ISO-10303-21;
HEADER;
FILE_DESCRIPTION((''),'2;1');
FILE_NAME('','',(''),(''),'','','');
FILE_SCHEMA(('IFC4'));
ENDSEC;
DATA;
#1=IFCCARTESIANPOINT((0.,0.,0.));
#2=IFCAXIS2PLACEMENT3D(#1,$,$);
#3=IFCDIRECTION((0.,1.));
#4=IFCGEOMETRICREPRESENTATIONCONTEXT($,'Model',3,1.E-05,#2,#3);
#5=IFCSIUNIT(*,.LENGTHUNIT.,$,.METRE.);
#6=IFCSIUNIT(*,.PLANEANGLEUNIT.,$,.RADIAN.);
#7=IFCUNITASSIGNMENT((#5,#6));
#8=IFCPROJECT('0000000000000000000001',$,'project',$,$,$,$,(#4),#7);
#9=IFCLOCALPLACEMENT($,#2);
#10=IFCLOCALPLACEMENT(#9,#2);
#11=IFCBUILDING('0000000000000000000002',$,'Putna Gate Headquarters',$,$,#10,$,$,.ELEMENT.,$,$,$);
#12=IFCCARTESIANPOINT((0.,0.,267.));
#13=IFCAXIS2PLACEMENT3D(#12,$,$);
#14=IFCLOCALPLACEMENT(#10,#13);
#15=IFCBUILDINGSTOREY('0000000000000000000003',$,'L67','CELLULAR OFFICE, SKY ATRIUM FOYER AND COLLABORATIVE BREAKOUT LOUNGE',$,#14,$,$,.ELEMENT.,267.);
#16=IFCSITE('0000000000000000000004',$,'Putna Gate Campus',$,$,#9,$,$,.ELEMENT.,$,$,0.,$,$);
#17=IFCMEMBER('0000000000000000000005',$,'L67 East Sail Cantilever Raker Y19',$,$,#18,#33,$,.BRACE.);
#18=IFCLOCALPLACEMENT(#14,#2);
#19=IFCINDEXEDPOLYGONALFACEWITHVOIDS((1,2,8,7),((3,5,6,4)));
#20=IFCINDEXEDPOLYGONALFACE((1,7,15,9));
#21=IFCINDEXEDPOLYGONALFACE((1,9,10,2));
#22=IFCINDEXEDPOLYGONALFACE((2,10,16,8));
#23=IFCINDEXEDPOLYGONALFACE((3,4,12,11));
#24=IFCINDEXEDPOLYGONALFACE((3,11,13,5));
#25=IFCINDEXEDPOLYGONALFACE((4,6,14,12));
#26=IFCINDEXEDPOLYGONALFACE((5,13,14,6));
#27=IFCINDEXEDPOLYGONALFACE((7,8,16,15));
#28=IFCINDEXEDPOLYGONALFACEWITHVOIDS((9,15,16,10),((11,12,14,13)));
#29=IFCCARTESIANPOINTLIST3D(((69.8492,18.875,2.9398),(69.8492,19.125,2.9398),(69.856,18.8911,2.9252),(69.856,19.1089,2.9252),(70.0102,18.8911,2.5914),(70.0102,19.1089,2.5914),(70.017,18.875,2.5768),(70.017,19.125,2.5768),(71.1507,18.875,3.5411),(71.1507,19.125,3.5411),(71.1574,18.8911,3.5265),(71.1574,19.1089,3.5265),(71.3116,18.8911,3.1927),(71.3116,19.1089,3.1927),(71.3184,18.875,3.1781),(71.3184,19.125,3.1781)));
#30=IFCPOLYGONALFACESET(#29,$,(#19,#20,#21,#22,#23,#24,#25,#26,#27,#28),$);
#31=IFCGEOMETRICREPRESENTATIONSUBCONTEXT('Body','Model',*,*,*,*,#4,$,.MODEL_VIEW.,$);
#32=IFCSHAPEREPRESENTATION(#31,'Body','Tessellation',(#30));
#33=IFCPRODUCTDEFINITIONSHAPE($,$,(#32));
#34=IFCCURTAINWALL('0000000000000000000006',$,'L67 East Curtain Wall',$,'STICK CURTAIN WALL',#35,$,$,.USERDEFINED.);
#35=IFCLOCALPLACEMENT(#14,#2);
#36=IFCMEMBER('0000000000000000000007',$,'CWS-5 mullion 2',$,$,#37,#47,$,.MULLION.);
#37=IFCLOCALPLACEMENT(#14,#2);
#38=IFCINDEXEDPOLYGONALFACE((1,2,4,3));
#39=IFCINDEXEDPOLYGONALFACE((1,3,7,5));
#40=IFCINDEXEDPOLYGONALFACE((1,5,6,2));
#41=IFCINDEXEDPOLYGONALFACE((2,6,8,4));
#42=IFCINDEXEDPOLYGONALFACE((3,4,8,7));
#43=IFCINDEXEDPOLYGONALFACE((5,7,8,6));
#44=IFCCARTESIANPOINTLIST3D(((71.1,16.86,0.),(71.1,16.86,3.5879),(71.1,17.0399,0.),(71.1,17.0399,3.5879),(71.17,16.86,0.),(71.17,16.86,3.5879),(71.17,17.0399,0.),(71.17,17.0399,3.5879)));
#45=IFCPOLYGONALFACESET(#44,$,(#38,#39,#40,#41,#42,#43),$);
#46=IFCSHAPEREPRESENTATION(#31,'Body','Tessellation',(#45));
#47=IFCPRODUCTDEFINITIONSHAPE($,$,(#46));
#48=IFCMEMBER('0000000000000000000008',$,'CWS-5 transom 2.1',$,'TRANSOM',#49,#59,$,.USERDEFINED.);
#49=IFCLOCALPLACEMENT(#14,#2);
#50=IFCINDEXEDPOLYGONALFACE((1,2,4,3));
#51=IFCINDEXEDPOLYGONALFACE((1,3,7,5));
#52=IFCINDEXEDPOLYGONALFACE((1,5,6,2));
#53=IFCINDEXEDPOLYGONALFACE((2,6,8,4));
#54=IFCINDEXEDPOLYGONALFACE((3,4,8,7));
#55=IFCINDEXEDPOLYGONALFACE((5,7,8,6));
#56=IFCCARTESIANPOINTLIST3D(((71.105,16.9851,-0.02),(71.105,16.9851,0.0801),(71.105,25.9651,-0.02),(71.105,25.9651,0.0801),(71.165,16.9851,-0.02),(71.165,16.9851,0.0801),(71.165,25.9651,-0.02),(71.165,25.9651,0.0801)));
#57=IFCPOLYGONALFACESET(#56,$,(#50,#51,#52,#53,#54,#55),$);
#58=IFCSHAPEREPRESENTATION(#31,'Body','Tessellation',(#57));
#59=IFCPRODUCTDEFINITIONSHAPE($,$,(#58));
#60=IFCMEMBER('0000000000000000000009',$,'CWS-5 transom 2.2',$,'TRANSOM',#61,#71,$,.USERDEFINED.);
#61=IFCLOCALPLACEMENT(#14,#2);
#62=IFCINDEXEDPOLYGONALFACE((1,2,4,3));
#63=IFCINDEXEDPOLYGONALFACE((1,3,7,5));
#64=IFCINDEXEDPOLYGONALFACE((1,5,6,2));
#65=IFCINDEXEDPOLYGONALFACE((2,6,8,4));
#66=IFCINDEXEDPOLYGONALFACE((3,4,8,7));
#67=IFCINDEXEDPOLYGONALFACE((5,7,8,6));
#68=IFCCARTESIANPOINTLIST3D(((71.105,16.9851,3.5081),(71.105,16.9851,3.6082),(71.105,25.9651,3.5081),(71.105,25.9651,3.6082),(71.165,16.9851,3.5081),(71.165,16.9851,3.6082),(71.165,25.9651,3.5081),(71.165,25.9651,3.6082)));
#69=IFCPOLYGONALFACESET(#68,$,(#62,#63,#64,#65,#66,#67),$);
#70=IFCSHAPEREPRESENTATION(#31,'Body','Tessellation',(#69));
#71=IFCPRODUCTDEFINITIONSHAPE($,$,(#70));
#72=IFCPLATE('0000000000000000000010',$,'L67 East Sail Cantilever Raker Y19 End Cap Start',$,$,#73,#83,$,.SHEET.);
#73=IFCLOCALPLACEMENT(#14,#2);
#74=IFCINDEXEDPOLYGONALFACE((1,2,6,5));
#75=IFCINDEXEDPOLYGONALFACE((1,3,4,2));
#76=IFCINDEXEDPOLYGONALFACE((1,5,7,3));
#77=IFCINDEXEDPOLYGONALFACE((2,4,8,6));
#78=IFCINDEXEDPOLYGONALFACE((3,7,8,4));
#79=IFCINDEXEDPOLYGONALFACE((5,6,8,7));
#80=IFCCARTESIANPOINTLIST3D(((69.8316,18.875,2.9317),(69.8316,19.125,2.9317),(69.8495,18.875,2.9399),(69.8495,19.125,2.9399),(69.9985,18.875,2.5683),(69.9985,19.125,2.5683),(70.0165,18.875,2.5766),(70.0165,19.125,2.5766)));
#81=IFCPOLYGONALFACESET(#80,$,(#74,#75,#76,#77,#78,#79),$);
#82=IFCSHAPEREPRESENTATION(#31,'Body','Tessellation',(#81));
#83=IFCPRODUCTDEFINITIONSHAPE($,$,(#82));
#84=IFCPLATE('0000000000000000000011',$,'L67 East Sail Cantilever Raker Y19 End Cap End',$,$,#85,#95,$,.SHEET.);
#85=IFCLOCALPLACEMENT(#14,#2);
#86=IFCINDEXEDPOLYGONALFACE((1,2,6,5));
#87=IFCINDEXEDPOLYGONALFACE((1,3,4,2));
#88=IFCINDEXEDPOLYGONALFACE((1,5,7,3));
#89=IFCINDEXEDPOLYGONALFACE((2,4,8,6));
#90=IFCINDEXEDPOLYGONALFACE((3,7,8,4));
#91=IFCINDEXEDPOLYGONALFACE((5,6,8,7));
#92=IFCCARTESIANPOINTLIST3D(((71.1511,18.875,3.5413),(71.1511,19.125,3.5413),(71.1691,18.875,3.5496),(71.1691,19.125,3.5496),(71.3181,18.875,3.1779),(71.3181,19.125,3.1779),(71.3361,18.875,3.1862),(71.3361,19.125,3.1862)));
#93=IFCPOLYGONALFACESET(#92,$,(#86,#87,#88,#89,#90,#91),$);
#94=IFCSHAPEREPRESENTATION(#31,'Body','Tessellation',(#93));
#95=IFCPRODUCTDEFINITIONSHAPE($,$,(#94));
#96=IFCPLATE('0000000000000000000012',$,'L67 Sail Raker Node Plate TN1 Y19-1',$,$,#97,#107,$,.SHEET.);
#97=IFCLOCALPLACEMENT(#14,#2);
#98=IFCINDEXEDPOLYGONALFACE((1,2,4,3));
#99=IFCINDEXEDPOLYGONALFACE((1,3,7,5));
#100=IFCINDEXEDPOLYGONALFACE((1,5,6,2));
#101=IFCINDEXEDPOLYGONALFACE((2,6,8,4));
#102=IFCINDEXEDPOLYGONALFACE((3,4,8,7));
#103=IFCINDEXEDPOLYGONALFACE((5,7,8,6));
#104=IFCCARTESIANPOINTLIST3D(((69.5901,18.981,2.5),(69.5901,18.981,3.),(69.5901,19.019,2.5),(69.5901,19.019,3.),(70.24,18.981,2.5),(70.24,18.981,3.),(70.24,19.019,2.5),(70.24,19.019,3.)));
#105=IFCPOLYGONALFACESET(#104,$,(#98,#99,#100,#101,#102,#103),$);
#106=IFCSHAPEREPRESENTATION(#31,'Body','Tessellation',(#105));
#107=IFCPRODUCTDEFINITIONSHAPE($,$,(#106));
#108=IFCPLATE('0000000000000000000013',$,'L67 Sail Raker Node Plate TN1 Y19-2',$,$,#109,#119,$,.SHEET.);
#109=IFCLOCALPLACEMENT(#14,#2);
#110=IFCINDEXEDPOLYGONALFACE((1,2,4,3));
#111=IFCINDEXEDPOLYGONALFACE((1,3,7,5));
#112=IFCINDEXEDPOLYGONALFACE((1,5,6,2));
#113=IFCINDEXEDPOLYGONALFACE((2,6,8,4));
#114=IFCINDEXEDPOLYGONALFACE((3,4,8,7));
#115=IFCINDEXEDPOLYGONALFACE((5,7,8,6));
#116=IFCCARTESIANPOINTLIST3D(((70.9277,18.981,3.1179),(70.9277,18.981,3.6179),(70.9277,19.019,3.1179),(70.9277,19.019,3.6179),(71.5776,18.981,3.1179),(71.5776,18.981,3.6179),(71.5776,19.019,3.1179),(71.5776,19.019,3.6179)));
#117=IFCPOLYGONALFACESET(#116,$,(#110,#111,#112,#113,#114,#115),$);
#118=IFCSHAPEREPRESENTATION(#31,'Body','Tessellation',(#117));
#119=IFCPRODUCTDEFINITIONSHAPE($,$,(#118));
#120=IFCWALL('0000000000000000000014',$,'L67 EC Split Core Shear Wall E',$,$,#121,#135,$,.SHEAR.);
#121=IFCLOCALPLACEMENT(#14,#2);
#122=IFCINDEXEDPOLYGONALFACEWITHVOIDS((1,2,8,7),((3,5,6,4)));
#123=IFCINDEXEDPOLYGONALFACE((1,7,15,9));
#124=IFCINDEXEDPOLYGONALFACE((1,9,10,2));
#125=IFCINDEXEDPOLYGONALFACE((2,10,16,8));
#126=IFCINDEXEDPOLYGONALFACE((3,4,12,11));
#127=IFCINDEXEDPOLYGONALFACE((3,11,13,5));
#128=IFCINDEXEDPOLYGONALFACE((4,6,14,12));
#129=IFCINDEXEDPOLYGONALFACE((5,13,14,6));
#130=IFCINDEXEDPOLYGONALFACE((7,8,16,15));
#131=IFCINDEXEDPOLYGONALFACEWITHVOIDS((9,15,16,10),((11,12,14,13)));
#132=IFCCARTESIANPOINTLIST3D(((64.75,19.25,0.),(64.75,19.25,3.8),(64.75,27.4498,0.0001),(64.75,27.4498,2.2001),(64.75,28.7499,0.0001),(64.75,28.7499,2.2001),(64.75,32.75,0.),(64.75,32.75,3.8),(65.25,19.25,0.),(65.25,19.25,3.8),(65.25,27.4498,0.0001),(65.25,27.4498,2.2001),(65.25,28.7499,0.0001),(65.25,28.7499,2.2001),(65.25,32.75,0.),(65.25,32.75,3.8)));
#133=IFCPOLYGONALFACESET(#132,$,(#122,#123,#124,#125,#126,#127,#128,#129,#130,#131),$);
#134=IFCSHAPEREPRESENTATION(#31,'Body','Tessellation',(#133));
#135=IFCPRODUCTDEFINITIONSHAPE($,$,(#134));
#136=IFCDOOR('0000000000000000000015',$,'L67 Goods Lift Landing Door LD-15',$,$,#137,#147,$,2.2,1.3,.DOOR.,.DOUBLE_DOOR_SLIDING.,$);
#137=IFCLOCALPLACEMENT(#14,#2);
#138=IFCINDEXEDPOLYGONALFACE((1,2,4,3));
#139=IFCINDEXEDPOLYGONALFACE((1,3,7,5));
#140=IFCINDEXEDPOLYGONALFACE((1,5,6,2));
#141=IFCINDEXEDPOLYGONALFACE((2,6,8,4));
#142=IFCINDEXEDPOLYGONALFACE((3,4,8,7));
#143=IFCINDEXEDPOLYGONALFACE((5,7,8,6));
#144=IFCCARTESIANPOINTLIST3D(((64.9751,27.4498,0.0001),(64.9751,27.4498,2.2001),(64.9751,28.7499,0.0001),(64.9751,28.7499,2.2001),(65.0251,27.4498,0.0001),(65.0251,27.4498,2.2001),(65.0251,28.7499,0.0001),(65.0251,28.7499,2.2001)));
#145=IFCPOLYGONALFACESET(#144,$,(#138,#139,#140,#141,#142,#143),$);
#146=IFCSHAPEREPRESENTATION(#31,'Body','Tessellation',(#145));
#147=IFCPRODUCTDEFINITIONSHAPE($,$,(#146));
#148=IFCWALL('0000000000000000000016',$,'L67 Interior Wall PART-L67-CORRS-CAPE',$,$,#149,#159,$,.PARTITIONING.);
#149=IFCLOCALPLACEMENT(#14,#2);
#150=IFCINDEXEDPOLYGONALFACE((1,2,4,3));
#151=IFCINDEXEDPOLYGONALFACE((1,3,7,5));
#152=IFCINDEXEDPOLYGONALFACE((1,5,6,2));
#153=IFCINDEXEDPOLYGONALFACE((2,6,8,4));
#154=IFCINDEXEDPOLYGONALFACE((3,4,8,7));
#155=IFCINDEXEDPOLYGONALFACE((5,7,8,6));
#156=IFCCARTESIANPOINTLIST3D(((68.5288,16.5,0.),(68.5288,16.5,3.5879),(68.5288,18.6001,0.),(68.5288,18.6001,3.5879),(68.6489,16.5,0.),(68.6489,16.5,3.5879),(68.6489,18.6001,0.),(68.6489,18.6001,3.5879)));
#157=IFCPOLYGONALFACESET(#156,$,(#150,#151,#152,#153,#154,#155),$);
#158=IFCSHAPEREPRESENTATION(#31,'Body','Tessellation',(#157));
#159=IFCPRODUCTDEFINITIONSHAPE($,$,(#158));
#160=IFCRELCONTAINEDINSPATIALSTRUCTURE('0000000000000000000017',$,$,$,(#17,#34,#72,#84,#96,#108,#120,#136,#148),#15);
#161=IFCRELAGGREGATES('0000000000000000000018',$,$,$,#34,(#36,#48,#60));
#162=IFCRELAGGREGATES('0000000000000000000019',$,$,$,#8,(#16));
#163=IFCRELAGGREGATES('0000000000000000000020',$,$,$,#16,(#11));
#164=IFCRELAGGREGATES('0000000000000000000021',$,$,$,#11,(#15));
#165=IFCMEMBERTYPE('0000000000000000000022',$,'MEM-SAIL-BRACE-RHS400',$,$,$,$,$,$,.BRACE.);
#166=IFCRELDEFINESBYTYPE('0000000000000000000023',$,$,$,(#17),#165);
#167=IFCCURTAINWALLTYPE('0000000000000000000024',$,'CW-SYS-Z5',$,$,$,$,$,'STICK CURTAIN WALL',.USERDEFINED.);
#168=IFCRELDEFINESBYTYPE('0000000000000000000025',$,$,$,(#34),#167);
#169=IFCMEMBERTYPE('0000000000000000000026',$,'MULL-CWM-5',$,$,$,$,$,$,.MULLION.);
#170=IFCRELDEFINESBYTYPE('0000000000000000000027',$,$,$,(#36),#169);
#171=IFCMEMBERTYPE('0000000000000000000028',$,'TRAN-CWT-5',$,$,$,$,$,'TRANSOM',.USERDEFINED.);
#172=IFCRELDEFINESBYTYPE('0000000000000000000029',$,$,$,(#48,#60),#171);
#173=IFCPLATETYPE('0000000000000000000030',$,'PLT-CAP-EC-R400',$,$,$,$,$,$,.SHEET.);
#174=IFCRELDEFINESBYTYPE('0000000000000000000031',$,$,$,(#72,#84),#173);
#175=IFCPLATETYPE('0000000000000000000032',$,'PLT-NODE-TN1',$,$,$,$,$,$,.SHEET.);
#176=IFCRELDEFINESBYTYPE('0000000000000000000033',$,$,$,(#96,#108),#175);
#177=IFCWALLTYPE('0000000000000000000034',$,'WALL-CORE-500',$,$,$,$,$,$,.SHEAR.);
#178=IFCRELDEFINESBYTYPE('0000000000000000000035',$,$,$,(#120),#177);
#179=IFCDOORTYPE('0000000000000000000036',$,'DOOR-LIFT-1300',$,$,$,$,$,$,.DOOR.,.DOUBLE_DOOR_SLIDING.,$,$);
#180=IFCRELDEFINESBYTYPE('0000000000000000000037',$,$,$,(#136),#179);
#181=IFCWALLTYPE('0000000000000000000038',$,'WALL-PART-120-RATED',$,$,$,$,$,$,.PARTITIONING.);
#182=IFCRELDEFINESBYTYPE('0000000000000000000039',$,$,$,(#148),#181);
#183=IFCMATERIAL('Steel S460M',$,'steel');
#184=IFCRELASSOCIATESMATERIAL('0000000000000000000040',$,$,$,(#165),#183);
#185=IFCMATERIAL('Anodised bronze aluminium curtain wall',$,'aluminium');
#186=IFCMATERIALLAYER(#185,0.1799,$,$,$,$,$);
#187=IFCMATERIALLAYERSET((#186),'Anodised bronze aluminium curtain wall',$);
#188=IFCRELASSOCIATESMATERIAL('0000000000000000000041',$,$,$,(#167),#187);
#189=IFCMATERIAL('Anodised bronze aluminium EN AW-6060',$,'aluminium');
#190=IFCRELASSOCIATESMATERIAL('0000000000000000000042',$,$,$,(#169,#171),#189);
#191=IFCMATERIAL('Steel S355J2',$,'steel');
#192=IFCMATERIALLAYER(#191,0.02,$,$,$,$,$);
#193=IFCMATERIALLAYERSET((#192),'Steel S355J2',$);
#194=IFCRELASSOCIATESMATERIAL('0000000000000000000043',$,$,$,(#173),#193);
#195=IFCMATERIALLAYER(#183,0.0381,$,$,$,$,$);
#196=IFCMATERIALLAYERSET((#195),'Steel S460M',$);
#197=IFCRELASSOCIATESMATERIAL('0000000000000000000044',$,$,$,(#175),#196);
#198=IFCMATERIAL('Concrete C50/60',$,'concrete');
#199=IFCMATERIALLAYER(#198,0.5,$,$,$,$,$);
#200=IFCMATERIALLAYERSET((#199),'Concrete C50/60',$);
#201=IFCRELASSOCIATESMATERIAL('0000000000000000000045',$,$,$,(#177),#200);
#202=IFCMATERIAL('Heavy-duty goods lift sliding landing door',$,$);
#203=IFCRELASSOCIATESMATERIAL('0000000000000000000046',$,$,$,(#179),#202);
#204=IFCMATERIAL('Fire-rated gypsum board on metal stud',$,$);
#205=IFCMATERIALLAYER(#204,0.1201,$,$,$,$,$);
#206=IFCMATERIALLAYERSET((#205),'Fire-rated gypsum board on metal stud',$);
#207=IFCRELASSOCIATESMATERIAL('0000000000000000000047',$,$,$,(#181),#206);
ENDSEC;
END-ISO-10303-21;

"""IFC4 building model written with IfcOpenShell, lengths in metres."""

from ifc_helpers import new_model, si_unit, direction, frame, frame_2d, origin, origin_2d, place, context, subcontext, project, spatial, rectangle, hollow_rectangle, extrude, material, layer, layer_set, material_profile, profile_set, type_object, element, fill, aggregate, save


model = new_model("IFC4")

# Units and contexts
model_context = context("Model", 3, precision=1e-05, world=origin(), true_north=direction((0.0, 1.0)))
body_context = subcontext(model_context, "Body", "Model", "MODEL_VIEW")
ifc_project = project(units=[si_unit("LENGTHUNIT", "METRE"), si_unit("PLANEANGLEUNIT", "RADIAN")], contexts=[model_context])

# Site, building, storey
site_placement = place(None, origin())
site = spatial("IfcSite", under=ifc_project, at=site_placement, Name="Putna Gate Campus", CompositionType="ELEMENT", RefElevation=0.0)
building_placement = place(site_placement, origin())
building = spatial("IfcBuilding", under=site, at=building_placement, Name="Putna Gate Headquarters", CompositionType="ELEMENT")
storey_placement = place(building_placement, frame((0.0, 0.0, 267.0)))
storey = spatial("IfcBuildingStorey", under=building, at=storey_placement, Name="L67", Description="CELLULAR OFFICE, SKY ATRIUM FOYER AND COLLABORATIVE BREAKOUT LOUNGE", CompositionType="ELEMENT", Elevation=267.0)

# Shared definitions
ifc_material_1 = material(Name="Steel S460M", Category="steel")

# Shared definitions
ifc_material_2 = material(Name="Steel S355J2", Category="steel")

# Member
ifc_material_profile_1 = material_profile(ifc_material_1, hollow_rectangle(XDim=0.25, YDim=0.3999, WallThickness=0.0161, at=origin_2d()), Name="Steel S460M")
ifc_profile_set_1 = profile_set([ifc_material_profile_1], Name="Steel S460M")
member_type_1 = type_object("IfcMemberType", Name="MEM-SAIL-BRACE-RHS400", PredefinedType="BRACE", material=ifc_profile_set_1)
member_1_placement = place(storey_placement, frame((69.9331, 19.0, 2.7583), z_axis=(0.907795, 0.0, 0.419414), x_axis=(0.0, 1.0, 0.0)))
element("IfcMember", 1, at=member_1_placement, inside=storey, type_object=member_type_1, Name="L67 East Sail Cantilever Raker Y19", PredefinedType="BRACE", context=body_context, shape_type="SweptSolid", body=[
    extrude(hollow_rectangle(XDim=0.25, YDim=0.3999, WallThickness=0.0161, at=origin_2d()), origin(), (0.0, 0.0, 1.0), 1.4336),
])

# Curtain wall, members
ifc_material_3 = material(Name="Anodised bronze aluminium curtain wall", Category="aluminium")
ifc_layer_1 = layer(ifc_material_3, 0.1799)
ifc_layer_set_1 = layer_set([ifc_layer_1], Name="Anodised bronze aluminium curtain wall")
curtain_wall_type = type_object("IfcCurtainWallType", Name="CW-SYS-Z5", ElementType="STICK CURTAIN WALL", PredefinedType="USERDEFINED", material=ifc_layer_set_1)
curtain_wall_placement = place(storey_placement, origin())
curtain_wall = element("IfcCurtainWall", 2, at=curtain_wall_placement, inside=storey, type_object=curtain_wall_type, Name="L67 East Curtain Wall", ObjectType="STICK CURTAIN WALL", PredefinedType="USERDEFINED")
ifc_material_4 = material(Name="Anodised bronze aluminium EN AW-6060", Category="aluminium")
ifc_material_profile_2 = material_profile(ifc_material_4, rectangle(XDim=0.0701, YDim=0.1799, at=origin_2d()), Name="Anodised bronze aluminium EN AW-6060")
ifc_profile_set_2 = profile_set([ifc_material_profile_2], Name="Anodised bronze aluminium EN AW-6060")
member_type_2 = type_object("IfcMemberType", Name="MULL-CWM-5", PredefinedType="MULLION", material=ifc_profile_set_2)
member_2_placement = place(storey_placement, frame((71.135, 16.95, 0.0), z_axis=(0.0, 0.0, 1.0), x_axis=(-1.0, 0.0, 0.0)))
member_2 = element("IfcMember", 3, at=member_2_placement, type_object=member_type_2, Name="CWS-5 mullion 2", PredefinedType="MULLION", context=body_context, shape_type="SweptSolid", body=[
    extrude(rectangle(XDim=0.0701, YDim=0.1799, at=origin_2d()), origin(), (0.0, 0.0, 1.0), 3.5879),
])
ifc_material_profile_3 = material_profile(ifc_material_4, rectangle(XDim=0.0601, YDim=0.1001, at=origin_2d()), Name="Anodised bronze aluminium EN AW-6060")
ifc_profile_set_3 = profile_set([ifc_material_profile_3], Name="Anodised bronze aluminium EN AW-6060")
member_type_3 = type_object("IfcMemberType", Name="TRAN-CWT-5", ElementType="TRANSOM", PredefinedType="USERDEFINED", material=ifc_profile_set_3)
member_3_placement = place(storey_placement, frame((71.135, 16.9851, 0.03), z_axis=(0.0, 1.0, 0.0), x_axis=(-1.0, 0.0, 0.0)))
member_3 = element("IfcMember", 4, at=member_3_placement, type_object=member_type_3, Name="CWS-5 transom 2.1", ObjectType="TRANSOM", PredefinedType="USERDEFINED", context=body_context, shape_type="SweptSolid", body=[
    extrude(rectangle(XDim=0.0601, YDim=0.1001, at=origin_2d()), origin(), (0.0, 0.0, 1.0), 8.98),
])
member_4_placement = place(storey_placement, frame((71.135, 16.9851, 3.5581), z_axis=(0.0, 1.0, 0.0), x_axis=(-1.0, 0.0, 0.0)))
member_4 = element("IfcMember", 5, at=member_4_placement, type_object=member_type_3, Name="CWS-5 transom 2.2", ObjectType="TRANSOM", PredefinedType="USERDEFINED", context=body_context, shape_type="SweptSolid", body=[
    extrude(rectangle(XDim=0.0601, YDim=0.1001, at=origin_2d()), origin(), (0.0, 0.0, 1.0), 8.98),
])
aggregate(curtain_wall, [member_2, member_3, member_4])

# Plates
ifc_layer_2 = layer(ifc_material_2, 0.02)
ifc_layer_set_2 = layer_set([ifc_layer_2], Name="Steel S355J2")
plate_type_1 = type_object("IfcPlateType", Name="PLT-CAP-EC-R400", PredefinedType="SHEET", material=ifc_layer_set_2)
for number, where, z_axis, x_axis, name in (
    (6, (69.915, 19.0, 2.75), (0.908677, 0.0, 0.4175), (0.0, 1.0, 0.0), "L67 East Sail Cantilever Raker Y19 End Cap Start"),
    (7, (71.2346, 19.0, 3.3596), (0.908677, 0.0, 0.4175), (0.0, 1.0, 0.0), "L67 East Sail Cantilever Raker Y19 End Cap End"),
):
    element("IfcPlate", number, at=place(storey_placement, frame(where, z_axis=z_axis, x_axis=x_axis)), inside=storey, type_object=plate_type_1, Name=name, PredefinedType="SHEET", context=body_context, shape_type="SweptSolid", body=[
        extrude(rectangle(XDim=0.25, YDim=0.3999, at=origin_2d()), origin(), (0.0, 0.0, 1.0), 0.0198),
    ])
ifc_layer_3 = layer(ifc_material_1, 0.0381)
ifc_layer_set_3 = layer_set([ifc_layer_3], Name="Steel S460M")
plate_type_2 = type_object("IfcPlateType", Name="PLT-NODE-TN1", PredefinedType="SHEET", material=ifc_layer_set_3)
for number, where, z_axis, x_axis, name in (
    (8, (69.915, 19.0, 2.5), (0.0, 0.0, 1.0), (1.0, 0.0, 0.0), "L67 Sail Raker Node Plate TN1 Y19-1"),
    (9, (71.2527, 19.0, 3.1179), (0.0, 0.0, 1.0), (1.0, 0.0, 0.0), "L67 Sail Raker Node Plate TN1 Y19-2"),
):
    element("IfcPlate", number, at=place(storey_placement, frame(where, z_axis=z_axis, x_axis=x_axis)), inside=storey, type_object=plate_type_2, Name=name, PredefinedType="SHEET", context=body_context, shape_type="SweptSolid", body=[
        extrude(rectangle(XDim=0.6499, YDim=0.0381, at=origin_2d()), origin(), (0.0, 0.0, 1.0), 0.5),
    ])

# Wall, opening, door
ifc_material_5 = material(Name="Concrete C50/60", Category="concrete")
ifc_layer_4 = layer(ifc_material_5, 0.5)
ifc_layer_set_4 = layer_set([ifc_layer_4], Name="Concrete C50/60")
wall_type_1 = type_object("IfcWallType", Name="WALL-CORE-500", PredefinedType="SHEAR", material=ifc_layer_set_4)
wall_1_placement = place(storey_placement, frame((65.0, 19.25, 0.0), z_axis=(0.0, 0.0, 1.0), x_axis=(0.0, 1.0, 0.0)))
wall_1 = element("IfcWall", 10, at=wall_1_placement, inside=storey, type_object=wall_type_1, Name="L67 EC Split Core Shear Wall E", PredefinedType="SHEAR", context=body_context, shape_type="SweptSolid", body=[
    extrude(rectangle(XDim=13.5, YDim=0.5, at=frame_2d((6.75, 0.0))), origin(), (0.0, 0.0, 1.0), 3.8),
])
opening_1_placement = place(wall_1_placement, frame((8.2, 0.0, 0.0)))
opening_1 = element("IfcOpeningElement", 11, at=opening_1_placement, cuts=wall_1, PredefinedType="OPENING", context=body_context, shape_type="SweptSolid", body=[
    extrude(rectangle(XDim=1.3, YDim=2.2, at=frame_2d((0.6499, 1.1001))), frame((0.0, 0.26, 0.0), z_axis=(0.0, -1.0, 0.0), x_axis=(1.0, 0.0, 0.0)), (0.0, 0.0, 1.0), 0.52),
])
ifc_material_6 = material(Name="Heavy-duty goods lift sliding landing door")
door_type_1 = type_object("IfcDoorType", Name="DOOR-LIFT-1300", OperationType="DOUBLE_DOOR_SLIDING", PredefinedType="DOOR", material=ifc_material_6)
door_1_placement = place(opening_1_placement, origin())
door_1 = element("IfcDoor", 12, at=door_1_placement, inside=storey, type_object=door_type_1, Name="L67 Goods Lift Landing Door LD-15", OperationType="DOUBLE_DOOR_SLIDING", OverallHeight=2.2, OverallWidth=1.3, PredefinedType="DOOR", context=body_context, shape_type="SweptSolid", body=[
    extrude(rectangle(XDim=1.3, YDim=2.2, at=frame_2d((0.6499, 1.1001))), frame((0.0, 0.0249, 0.0), z_axis=(0.0, -1.0, 0.0), x_axis=(1.0, 0.0, 0.0)), (0.0, 0.0, 1.0), 0.05),
])
fill(opening_1, door_1)

# Wall
ifc_material_7 = material(Name="Fire-rated gypsum board on metal stud")
ifc_layer_5 = layer(ifc_material_7, 0.1201)
ifc_layer_set_5 = layer_set([ifc_layer_5], Name="Fire-rated gypsum board on metal stud")
wall_type_2 = type_object("IfcWallType", Name="WALL-PART-120-RATED", PredefinedType="PARTITIONING", material=ifc_layer_set_5)
wall_2_placement = place(storey_placement, frame((68.5889, 16.5, 0.0), z_axis=(0.0, 0.0, 1.0), x_axis=(0.0, 1.0, 0.0)))
element("IfcWall", 13, at=wall_2_placement, inside=storey, type_object=wall_type_2, Name="L67 Interior Wall PART-L67-CORRS-CAPE", PredefinedType="PARTITIONING", context=body_context, shape_type="SweptSolid", body=[
    extrude(rectangle(XDim=2.1001, YDim=0.1201, at=frame_2d((1.05, 0.0))), origin(), (0.0, 0.0, 1.0), 3.5879),
])

save(model, "model.ifc")
